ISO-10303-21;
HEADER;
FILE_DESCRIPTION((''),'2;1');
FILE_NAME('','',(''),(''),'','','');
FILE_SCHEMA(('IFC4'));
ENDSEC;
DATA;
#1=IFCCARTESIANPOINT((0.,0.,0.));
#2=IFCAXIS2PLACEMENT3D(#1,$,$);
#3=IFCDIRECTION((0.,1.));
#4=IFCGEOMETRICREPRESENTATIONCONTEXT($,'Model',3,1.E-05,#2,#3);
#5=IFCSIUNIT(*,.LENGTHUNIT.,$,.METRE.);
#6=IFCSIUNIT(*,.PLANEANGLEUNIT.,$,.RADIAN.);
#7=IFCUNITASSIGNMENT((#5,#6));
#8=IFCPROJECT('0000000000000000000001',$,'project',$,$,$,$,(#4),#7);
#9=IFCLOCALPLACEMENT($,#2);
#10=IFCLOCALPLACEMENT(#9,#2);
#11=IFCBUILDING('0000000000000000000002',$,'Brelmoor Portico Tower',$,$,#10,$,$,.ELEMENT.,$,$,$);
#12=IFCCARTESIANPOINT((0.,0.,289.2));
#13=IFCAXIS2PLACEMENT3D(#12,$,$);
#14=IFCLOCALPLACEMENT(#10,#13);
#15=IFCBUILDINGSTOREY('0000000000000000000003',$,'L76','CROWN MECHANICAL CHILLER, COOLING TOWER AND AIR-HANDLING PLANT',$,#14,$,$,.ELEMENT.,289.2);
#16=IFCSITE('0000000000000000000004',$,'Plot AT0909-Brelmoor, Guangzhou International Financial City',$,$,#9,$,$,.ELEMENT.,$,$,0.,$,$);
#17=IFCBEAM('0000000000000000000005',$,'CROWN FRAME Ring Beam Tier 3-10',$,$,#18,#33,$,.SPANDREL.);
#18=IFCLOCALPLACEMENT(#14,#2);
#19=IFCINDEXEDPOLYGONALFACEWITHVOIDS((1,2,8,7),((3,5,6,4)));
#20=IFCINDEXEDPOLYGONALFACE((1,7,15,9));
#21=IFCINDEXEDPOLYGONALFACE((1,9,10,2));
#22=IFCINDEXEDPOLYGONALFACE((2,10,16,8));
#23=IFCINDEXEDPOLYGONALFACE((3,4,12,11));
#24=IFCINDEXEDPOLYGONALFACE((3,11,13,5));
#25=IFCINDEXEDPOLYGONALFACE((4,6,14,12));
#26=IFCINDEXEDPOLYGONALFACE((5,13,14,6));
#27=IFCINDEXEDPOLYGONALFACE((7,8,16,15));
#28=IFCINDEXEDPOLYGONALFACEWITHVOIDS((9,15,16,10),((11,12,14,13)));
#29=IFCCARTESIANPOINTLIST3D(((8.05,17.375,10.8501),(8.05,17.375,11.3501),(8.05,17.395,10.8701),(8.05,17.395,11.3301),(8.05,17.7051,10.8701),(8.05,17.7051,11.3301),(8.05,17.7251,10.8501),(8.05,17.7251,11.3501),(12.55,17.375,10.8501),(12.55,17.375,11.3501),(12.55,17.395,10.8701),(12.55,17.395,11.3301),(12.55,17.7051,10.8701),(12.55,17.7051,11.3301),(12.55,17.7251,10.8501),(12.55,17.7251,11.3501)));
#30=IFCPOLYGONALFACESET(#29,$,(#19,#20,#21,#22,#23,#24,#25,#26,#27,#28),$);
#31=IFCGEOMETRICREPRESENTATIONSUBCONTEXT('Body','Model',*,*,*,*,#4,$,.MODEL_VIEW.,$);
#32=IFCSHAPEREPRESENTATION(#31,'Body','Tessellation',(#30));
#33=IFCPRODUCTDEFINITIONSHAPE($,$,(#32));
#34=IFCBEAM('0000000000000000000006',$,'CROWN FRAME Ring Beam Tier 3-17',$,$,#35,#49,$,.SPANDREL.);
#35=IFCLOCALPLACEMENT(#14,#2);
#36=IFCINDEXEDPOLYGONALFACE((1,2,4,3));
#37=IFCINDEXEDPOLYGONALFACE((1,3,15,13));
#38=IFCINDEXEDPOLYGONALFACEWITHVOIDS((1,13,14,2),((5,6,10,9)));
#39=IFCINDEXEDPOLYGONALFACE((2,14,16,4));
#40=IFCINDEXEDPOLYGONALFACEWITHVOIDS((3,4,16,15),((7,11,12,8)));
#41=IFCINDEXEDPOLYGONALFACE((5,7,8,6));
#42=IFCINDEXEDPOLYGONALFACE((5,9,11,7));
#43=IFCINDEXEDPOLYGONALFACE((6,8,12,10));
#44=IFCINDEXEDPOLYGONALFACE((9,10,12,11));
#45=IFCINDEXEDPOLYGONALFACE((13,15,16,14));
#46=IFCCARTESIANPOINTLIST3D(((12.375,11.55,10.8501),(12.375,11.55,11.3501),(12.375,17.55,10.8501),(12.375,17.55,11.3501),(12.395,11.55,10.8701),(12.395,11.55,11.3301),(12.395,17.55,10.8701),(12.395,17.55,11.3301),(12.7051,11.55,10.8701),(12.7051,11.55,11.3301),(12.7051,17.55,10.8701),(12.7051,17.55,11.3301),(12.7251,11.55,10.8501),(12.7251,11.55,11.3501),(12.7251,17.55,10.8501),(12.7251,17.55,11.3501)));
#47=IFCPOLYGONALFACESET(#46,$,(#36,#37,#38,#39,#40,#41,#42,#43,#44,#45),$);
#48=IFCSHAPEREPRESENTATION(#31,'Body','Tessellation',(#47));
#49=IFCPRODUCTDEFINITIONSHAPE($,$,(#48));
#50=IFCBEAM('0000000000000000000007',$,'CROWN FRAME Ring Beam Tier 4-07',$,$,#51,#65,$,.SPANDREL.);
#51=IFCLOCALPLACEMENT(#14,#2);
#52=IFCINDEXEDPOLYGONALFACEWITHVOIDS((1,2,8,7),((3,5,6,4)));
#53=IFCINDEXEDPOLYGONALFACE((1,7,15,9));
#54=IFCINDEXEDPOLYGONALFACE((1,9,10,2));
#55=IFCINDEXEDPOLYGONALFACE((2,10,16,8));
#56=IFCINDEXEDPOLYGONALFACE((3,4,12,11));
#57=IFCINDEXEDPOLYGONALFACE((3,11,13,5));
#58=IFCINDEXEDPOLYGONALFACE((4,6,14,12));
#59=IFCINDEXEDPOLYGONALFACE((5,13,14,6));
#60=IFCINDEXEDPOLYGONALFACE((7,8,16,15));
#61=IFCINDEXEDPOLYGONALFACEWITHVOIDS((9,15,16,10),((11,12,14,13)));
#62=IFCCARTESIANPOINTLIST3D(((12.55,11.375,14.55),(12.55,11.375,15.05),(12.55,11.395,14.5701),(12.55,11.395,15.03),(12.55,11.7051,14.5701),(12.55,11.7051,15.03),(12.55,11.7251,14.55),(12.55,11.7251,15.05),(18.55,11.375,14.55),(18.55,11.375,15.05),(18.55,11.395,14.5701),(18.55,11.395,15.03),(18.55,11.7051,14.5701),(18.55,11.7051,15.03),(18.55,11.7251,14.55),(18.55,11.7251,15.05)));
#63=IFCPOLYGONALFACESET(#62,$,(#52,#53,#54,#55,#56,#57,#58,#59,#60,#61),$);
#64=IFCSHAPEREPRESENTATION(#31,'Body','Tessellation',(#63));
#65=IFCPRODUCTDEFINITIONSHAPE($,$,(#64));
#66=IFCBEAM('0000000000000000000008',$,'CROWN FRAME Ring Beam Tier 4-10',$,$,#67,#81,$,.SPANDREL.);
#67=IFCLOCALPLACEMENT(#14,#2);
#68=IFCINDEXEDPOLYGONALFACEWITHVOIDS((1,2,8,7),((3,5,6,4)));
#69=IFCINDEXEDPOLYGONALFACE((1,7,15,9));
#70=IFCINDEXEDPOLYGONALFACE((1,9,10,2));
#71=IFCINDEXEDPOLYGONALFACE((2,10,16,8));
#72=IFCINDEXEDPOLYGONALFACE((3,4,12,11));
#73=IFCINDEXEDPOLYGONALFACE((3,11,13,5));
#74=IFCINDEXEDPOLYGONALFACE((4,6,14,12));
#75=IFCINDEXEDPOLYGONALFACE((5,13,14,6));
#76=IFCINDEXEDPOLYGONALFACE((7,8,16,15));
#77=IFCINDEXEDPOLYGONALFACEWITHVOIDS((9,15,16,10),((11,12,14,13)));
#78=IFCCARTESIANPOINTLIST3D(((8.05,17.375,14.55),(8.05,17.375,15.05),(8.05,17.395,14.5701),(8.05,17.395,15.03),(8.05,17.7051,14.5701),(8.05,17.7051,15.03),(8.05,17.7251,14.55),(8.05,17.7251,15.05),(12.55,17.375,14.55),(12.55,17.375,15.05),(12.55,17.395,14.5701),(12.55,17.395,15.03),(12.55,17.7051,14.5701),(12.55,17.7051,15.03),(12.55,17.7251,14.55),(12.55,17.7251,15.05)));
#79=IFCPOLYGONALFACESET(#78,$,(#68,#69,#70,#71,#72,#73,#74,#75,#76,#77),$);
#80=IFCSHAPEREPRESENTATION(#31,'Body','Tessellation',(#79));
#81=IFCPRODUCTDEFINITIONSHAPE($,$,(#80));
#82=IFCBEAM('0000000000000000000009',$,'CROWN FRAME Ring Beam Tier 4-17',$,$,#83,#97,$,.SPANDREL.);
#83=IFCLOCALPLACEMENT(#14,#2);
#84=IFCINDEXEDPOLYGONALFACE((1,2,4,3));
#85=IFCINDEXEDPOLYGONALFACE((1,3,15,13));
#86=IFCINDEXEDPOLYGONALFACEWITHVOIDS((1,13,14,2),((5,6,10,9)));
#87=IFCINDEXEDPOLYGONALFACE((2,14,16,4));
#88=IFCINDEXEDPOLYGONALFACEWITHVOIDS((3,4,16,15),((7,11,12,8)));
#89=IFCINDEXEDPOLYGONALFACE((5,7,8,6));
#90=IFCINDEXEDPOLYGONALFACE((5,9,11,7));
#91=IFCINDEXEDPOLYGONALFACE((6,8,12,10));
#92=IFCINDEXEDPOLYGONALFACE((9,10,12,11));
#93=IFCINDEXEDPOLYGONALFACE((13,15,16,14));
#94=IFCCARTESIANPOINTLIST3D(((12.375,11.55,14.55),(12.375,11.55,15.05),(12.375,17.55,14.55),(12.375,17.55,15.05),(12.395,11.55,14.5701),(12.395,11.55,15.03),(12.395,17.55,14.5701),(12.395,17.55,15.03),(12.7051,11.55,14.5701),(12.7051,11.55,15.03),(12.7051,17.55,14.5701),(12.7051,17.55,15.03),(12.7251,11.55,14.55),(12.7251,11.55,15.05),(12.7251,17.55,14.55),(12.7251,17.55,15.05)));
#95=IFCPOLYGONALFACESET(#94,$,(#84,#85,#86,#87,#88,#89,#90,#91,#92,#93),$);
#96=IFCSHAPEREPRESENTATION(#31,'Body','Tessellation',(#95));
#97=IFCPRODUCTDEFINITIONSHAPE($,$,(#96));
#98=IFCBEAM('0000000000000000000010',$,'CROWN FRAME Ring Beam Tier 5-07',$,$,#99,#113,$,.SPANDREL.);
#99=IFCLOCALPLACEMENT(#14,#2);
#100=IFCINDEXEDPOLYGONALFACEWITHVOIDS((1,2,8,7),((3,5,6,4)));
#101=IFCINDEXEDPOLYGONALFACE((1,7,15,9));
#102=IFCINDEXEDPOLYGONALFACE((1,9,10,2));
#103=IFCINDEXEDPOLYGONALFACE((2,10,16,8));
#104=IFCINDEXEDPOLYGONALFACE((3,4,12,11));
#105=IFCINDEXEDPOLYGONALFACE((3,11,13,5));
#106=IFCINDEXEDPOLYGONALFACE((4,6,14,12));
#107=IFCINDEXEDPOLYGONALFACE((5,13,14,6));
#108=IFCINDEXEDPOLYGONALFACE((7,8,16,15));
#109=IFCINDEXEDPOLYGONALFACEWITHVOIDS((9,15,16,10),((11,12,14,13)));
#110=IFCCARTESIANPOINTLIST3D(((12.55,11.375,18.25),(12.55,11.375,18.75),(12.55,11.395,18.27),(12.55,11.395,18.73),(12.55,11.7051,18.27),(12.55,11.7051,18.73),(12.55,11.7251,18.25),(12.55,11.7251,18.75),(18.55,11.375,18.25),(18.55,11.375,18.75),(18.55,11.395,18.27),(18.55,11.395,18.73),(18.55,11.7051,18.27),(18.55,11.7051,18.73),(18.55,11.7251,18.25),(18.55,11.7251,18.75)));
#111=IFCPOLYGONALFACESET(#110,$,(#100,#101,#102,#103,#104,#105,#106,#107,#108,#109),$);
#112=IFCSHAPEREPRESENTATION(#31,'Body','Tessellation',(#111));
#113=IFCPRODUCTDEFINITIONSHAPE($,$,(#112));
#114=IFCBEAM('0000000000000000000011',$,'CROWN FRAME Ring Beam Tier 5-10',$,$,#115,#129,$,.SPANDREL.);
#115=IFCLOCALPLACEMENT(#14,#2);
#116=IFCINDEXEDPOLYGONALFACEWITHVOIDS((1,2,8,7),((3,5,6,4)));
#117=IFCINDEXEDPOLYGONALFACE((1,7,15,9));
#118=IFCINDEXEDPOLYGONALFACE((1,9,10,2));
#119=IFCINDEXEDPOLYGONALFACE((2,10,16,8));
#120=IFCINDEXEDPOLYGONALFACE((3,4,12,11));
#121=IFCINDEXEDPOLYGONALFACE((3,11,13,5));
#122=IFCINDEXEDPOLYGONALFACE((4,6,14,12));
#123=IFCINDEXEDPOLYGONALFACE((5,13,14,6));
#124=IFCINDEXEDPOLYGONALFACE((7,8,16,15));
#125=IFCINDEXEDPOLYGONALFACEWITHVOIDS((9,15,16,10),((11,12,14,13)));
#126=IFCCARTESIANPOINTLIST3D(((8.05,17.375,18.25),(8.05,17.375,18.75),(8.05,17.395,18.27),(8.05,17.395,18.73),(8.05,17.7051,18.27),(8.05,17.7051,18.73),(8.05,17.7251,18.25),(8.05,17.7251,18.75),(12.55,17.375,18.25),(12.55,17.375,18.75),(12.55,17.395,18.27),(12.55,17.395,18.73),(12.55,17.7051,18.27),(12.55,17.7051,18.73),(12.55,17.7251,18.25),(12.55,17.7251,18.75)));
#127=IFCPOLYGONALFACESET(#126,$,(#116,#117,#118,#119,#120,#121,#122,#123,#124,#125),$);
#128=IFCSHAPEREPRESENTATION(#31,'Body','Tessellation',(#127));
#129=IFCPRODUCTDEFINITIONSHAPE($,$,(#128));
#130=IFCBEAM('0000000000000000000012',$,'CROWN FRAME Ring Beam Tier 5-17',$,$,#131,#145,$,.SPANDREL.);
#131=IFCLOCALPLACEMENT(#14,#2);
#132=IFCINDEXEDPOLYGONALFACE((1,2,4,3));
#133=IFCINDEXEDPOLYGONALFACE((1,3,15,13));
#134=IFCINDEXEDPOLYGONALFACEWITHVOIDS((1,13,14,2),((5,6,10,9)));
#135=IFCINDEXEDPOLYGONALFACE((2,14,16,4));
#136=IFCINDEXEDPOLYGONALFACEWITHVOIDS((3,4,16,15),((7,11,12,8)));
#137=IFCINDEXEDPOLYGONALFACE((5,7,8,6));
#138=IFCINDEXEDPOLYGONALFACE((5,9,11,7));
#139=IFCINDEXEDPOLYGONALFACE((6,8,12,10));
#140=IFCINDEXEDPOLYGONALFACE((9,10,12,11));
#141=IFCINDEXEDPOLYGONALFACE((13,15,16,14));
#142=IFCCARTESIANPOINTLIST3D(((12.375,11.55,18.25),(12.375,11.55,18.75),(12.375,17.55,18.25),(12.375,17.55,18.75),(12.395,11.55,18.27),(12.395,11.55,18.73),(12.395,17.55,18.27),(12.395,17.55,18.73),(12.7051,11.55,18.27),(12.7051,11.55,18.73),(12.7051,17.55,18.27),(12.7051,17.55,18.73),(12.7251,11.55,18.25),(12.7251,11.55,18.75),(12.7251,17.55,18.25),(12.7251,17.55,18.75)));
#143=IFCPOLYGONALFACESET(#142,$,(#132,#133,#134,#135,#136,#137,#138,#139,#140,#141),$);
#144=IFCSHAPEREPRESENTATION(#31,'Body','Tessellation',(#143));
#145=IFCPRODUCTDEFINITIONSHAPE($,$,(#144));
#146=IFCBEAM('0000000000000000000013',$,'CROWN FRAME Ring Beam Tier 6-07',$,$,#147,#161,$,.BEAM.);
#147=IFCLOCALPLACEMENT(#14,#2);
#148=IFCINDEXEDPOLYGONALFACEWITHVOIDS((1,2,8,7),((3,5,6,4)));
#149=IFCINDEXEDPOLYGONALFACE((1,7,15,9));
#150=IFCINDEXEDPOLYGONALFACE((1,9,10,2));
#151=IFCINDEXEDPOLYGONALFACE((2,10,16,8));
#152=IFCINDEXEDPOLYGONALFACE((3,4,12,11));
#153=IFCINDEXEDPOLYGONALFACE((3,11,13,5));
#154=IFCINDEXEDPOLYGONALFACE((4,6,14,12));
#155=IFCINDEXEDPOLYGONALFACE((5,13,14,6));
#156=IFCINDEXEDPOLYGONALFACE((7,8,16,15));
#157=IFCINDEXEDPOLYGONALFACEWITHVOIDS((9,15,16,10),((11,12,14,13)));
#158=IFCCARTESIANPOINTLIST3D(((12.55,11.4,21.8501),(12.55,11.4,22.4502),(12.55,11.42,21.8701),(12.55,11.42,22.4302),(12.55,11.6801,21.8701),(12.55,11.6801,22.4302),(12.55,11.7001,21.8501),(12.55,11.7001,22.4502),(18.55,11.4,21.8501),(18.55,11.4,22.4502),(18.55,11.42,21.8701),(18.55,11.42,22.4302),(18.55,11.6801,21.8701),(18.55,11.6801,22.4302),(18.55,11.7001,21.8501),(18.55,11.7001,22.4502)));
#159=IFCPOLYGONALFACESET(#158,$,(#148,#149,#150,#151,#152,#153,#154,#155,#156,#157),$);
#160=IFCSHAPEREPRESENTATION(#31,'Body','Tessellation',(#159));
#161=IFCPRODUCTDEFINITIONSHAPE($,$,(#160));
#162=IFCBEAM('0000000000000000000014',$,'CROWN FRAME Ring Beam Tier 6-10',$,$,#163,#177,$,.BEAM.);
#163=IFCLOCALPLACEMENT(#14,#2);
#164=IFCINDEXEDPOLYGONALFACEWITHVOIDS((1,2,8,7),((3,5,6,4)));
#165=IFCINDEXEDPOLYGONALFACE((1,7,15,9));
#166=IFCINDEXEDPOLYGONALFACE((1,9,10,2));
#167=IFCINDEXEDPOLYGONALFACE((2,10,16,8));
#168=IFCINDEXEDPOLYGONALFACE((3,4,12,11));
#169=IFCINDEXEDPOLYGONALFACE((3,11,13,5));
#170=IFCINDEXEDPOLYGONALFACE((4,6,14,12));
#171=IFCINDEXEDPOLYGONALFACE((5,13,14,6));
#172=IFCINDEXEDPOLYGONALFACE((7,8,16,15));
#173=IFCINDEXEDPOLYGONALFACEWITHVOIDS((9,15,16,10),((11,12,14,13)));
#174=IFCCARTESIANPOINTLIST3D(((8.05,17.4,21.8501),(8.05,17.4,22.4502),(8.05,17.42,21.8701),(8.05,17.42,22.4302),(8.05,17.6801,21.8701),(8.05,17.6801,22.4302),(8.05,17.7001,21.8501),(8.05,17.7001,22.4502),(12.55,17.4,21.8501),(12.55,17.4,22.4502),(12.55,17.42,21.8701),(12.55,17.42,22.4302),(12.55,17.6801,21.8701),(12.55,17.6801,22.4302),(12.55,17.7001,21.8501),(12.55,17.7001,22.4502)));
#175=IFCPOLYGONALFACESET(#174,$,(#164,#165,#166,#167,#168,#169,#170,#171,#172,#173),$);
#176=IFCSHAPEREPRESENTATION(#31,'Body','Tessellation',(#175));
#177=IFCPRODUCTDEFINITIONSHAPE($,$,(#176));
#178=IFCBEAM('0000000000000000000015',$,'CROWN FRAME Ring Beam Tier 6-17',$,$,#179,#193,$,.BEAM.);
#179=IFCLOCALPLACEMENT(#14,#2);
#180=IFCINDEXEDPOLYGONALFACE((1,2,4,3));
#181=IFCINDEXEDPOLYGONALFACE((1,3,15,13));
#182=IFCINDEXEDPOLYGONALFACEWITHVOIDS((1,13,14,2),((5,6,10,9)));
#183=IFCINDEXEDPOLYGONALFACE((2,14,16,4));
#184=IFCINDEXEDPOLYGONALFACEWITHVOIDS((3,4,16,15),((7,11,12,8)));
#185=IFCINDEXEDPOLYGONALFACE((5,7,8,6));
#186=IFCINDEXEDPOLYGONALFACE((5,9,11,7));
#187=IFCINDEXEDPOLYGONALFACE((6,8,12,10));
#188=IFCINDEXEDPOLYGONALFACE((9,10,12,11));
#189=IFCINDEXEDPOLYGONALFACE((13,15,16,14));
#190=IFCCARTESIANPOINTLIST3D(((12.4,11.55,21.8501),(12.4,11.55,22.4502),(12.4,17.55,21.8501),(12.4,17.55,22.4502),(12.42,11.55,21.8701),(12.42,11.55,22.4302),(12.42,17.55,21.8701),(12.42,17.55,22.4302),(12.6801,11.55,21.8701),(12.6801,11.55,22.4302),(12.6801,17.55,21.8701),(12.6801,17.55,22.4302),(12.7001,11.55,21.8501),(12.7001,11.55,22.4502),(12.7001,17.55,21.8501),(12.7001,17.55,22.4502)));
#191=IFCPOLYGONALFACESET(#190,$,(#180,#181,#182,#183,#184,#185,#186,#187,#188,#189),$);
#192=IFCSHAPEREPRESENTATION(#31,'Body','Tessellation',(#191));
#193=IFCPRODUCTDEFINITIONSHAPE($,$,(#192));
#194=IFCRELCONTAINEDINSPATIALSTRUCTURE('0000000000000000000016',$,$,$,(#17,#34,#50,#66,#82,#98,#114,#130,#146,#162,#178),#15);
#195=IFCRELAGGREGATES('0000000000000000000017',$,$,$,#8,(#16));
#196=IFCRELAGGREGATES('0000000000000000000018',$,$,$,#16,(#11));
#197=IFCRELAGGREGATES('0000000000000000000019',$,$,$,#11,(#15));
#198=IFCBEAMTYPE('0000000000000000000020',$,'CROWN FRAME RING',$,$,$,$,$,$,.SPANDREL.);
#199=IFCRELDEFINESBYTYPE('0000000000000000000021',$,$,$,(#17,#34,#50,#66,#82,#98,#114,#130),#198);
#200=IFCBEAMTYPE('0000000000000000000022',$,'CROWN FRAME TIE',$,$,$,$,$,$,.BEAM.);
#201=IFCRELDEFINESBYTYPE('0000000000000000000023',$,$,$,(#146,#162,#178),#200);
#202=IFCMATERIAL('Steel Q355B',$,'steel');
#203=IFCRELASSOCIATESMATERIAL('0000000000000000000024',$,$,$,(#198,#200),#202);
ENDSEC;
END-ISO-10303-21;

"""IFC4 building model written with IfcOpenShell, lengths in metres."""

from ifc_helpers import new_model, si_unit, direction, frame, origin, origin_2d, place, context, subcontext, project, spatial, hollow_rectangle, extrude, material, material_profile, profile_set, type_object, element, save


model = new_model("IFC4")

# Units and contexts
model_context = context("Model", 3, precision=1e-05, world=origin(), true_north=direction((0.0, 1.0)))
body_context = subcontext(model_context, "Body", "Model", "MODEL_VIEW")
ifc_project = project(units=[si_unit("LENGTHUNIT", "METRE"), si_unit("PLANEANGLEUNIT", "RADIAN")], contexts=[model_context])

# Site, building, storey
site_placement = place(None, origin())
site = spatial("IfcSite", under=ifc_project, at=site_placement, Name="Plot AT0909-Brelmoor, Guangzhou International Financial City", CompositionType="ELEMENT", RefElevation=0.0)
building_placement = place(site_placement, origin())
building = spatial("IfcBuilding", under=site, at=building_placement, Name="Brelmoor Portico Tower", CompositionType="ELEMENT")
storey_placement = place(building_placement, frame((0.0, 0.0, 289.2)))
storey = spatial("IfcBuildingStorey", under=building, at=storey_placement, Name="L76", Description="CROWN MECHANICAL CHILLER, COOLING TOWER AND AIR-HANDLING PLANT", CompositionType="ELEMENT", Elevation=289.2)

# Shared definitions
ifc_material_1 = material(Name="Steel Q355B", Category="steel")

# Beams
ifc_material_profile_1 = material_profile(ifc_material_1, hollow_rectangle(XDim=0.3501, YDim=0.5, WallThickness=0.02, at=origin_2d()), Name="RHS 350x500x20")
ifc_profile_set_1 = profile_set([ifc_material_profile_1], Name="Steel Q355B")
beam_type_1 = type_object("IfcBeamType", Name="CROWN FRAME RING", PredefinedType="SPANDREL", material=ifc_profile_set_1)
beam_1_placement = place(storey_placement, frame((8.05, 17.55, 11.1001), z_axis=(1.0, 0.0, 0.0), x_axis=(0.0, 1.0, 0.0)))
element("IfcBeam", 1, at=beam_1_placement, inside=storey, type_object=beam_type_1, Name="CROWN FRAME Ring Beam Tier 3-10", PredefinedType="SPANDREL", context=body_context, shape_type="SweptSolid", body=[
    extrude(hollow_rectangle(XDim=0.3501, YDim=0.5, WallThickness=0.02, at=origin_2d()), origin(), (0.0, 0.0, 1.0), 4.5),
])
for number, where, z_axis, x_axis, name in (
    (2, (12.55, 11.55, 11.1001), (0.0, 1.0, 0.0), (-1.0, 0.0, 0.0), "CROWN FRAME Ring Beam Tier 3-17"),
    (3, (12.55, 11.55, 14.8), (1.0, 0.0, 0.0), (0.0, 1.0, 0.0), "CROWN FRAME Ring Beam Tier 4-07"),
):
    element("IfcBeam", number, at=place(storey_placement, frame(where, z_axis=z_axis, x_axis=x_axis)), inside=storey, type_object=beam_type_1, Name=name, PredefinedType="SPANDREL", context=body_context, shape_type="SweptSolid", body=[
        extrude(hollow_rectangle(XDim=0.3501, YDim=0.5, WallThickness=0.02, at=origin_2d()), origin(), (0.0, 0.0, 1.0), 6.0),
    ])
beam_2_placement = place(storey_placement, frame((8.05, 17.55, 14.8), z_axis=(1.0, 0.0, 0.0), x_axis=(0.0, 1.0, 0.0)))
element("IfcBeam", 4, at=beam_2_placement, inside=storey, type_object=beam_type_1, Name="CROWN FRAME Ring Beam Tier 4-10", PredefinedType="SPANDREL", context=body_context, shape_type="SweptSolid", body=[
    extrude(hollow_rectangle(XDim=0.3501, YDim=0.5, WallThickness=0.02, at=origin_2d()), origin(), (0.0, 0.0, 1.0), 4.5),
])
for number, where, z_axis, x_axis, name in (
    (5, (12.55, 11.55, 14.8), (0.0, 1.0, 0.0), (-1.0, 0.0, 0.0), "CROWN FRAME Ring Beam Tier 4-17"),
    (6, (12.55, 11.55, 18.5), (1.0, 0.0, 0.0), (0.0, 1.0, 0.0), "CROWN FRAME Ring Beam Tier 5-07"),
):
    element("IfcBeam", number, at=place(storey_placement, frame(where, z_axis=z_axis, x_axis=x_axis)), inside=storey, type_object=beam_type_1, Name=name, PredefinedType="SPANDREL", context=body_context, shape_type="SweptSolid", body=[
        extrude(hollow_rectangle(XDim=0.3501, YDim=0.5, WallThickness=0.02, at=origin_2d()), origin(), (0.0, 0.0, 1.0), 6.0),
    ])
beam_3_placement = place(storey_placement, frame((8.05, 17.55, 18.5), z_axis=(1.0, 0.0, 0.0), x_axis=(0.0, 1.0, 0.0)))
element("IfcBeam", 7, at=beam_3_placement, inside=storey, type_object=beam_type_1, Name="CROWN FRAME Ring Beam Tier 5-10", PredefinedType="SPANDREL", context=body_context, shape_type="SweptSolid", body=[
    extrude(hollow_rectangle(XDim=0.3501, YDim=0.5, WallThickness=0.02, at=origin_2d()), origin(), (0.0, 0.0, 1.0), 4.5),
])
beam_4_placement = place(storey_placement, frame((12.55, 11.55, 18.5), z_axis=(0.0, 1.0, 0.0), x_axis=(-1.0, 0.0, 0.0)))
element("IfcBeam", 8, at=beam_4_placement, inside=storey, type_object=beam_type_1, Name="CROWN FRAME Ring Beam Tier 5-17", PredefinedType="SPANDREL", context=body_context, shape_type="SweptSolid", body=[
    extrude(hollow_rectangle(XDim=0.3501, YDim=0.5, WallThickness=0.02, at=origin_2d()), origin(), (0.0, 0.0, 1.0), 6.0),
])
ifc_material_profile_2 = material_profile(ifc_material_1, hollow_rectangle(XDim=0.3, YDim=0.6001, WallThickness=0.02, at=origin_2d()), Name="RHS 300x600x20")
ifc_profile_set_2 = profile_set([ifc_material_profile_2], Name="Steel Q355B")
beam_type_2 = type_object("IfcBeamType", Name="CROWN FRAME TIE", PredefinedType="BEAM", material=ifc_profile_set_2)
beam_5_placement = place(storey_placement, frame((12.55, 11.55, 22.1501), z_axis=(1.0, 0.0, 0.0), x_axis=(0.0, 1.0, 0.0)))
element("IfcBeam", 9, at=beam_5_placement, inside=storey, type_object=beam_type_2, Name="CROWN FRAME Ring Beam Tier 6-07", PredefinedType="BEAM", context=body_context, shape_type="SweptSolid", body=[
    extrude(hollow_rectangle(XDim=0.3, YDim=0.6001, WallThickness=0.02, at=origin_2d()), origin(), (0.0, 0.0, 1.0), 6.0),
])
beam_6_placement = place(storey_placement, frame((8.05, 17.55, 22.1501), z_axis=(1.0, 0.0, 0.0), x_axis=(0.0, 1.0, 0.0)))
element("IfcBeam", 10, at=beam_6_placement, inside=storey, type_object=beam_type_2, Name="CROWN FRAME Ring Beam Tier 6-10", PredefinedType="BEAM", context=body_context, shape_type="SweptSolid", body=[
    extrude(hollow_rectangle(XDim=0.3, YDim=0.6001, WallThickness=0.02, at=origin_2d()), origin(), (0.0, 0.0, 1.0), 4.5),
])
beam_7_placement = place(storey_placement, frame((12.55, 11.55, 22.1501), z_axis=(0.0, 1.0, 0.0), x_axis=(-1.0, 0.0, 0.0)))
element("IfcBeam", 11, at=beam_7_placement, inside=storey, type_object=beam_type_2, Name="CROWN FRAME Ring Beam Tier 6-17", PredefinedType="BEAM", context=body_context, shape_type="SweptSolid", body=[
    extrude(hollow_rectangle(XDim=0.3, YDim=0.6001, WallThickness=0.02, at=origin_2d()), origin(), (0.0, 0.0, 1.0), 6.0),
])

save(model, "model.ifc")
